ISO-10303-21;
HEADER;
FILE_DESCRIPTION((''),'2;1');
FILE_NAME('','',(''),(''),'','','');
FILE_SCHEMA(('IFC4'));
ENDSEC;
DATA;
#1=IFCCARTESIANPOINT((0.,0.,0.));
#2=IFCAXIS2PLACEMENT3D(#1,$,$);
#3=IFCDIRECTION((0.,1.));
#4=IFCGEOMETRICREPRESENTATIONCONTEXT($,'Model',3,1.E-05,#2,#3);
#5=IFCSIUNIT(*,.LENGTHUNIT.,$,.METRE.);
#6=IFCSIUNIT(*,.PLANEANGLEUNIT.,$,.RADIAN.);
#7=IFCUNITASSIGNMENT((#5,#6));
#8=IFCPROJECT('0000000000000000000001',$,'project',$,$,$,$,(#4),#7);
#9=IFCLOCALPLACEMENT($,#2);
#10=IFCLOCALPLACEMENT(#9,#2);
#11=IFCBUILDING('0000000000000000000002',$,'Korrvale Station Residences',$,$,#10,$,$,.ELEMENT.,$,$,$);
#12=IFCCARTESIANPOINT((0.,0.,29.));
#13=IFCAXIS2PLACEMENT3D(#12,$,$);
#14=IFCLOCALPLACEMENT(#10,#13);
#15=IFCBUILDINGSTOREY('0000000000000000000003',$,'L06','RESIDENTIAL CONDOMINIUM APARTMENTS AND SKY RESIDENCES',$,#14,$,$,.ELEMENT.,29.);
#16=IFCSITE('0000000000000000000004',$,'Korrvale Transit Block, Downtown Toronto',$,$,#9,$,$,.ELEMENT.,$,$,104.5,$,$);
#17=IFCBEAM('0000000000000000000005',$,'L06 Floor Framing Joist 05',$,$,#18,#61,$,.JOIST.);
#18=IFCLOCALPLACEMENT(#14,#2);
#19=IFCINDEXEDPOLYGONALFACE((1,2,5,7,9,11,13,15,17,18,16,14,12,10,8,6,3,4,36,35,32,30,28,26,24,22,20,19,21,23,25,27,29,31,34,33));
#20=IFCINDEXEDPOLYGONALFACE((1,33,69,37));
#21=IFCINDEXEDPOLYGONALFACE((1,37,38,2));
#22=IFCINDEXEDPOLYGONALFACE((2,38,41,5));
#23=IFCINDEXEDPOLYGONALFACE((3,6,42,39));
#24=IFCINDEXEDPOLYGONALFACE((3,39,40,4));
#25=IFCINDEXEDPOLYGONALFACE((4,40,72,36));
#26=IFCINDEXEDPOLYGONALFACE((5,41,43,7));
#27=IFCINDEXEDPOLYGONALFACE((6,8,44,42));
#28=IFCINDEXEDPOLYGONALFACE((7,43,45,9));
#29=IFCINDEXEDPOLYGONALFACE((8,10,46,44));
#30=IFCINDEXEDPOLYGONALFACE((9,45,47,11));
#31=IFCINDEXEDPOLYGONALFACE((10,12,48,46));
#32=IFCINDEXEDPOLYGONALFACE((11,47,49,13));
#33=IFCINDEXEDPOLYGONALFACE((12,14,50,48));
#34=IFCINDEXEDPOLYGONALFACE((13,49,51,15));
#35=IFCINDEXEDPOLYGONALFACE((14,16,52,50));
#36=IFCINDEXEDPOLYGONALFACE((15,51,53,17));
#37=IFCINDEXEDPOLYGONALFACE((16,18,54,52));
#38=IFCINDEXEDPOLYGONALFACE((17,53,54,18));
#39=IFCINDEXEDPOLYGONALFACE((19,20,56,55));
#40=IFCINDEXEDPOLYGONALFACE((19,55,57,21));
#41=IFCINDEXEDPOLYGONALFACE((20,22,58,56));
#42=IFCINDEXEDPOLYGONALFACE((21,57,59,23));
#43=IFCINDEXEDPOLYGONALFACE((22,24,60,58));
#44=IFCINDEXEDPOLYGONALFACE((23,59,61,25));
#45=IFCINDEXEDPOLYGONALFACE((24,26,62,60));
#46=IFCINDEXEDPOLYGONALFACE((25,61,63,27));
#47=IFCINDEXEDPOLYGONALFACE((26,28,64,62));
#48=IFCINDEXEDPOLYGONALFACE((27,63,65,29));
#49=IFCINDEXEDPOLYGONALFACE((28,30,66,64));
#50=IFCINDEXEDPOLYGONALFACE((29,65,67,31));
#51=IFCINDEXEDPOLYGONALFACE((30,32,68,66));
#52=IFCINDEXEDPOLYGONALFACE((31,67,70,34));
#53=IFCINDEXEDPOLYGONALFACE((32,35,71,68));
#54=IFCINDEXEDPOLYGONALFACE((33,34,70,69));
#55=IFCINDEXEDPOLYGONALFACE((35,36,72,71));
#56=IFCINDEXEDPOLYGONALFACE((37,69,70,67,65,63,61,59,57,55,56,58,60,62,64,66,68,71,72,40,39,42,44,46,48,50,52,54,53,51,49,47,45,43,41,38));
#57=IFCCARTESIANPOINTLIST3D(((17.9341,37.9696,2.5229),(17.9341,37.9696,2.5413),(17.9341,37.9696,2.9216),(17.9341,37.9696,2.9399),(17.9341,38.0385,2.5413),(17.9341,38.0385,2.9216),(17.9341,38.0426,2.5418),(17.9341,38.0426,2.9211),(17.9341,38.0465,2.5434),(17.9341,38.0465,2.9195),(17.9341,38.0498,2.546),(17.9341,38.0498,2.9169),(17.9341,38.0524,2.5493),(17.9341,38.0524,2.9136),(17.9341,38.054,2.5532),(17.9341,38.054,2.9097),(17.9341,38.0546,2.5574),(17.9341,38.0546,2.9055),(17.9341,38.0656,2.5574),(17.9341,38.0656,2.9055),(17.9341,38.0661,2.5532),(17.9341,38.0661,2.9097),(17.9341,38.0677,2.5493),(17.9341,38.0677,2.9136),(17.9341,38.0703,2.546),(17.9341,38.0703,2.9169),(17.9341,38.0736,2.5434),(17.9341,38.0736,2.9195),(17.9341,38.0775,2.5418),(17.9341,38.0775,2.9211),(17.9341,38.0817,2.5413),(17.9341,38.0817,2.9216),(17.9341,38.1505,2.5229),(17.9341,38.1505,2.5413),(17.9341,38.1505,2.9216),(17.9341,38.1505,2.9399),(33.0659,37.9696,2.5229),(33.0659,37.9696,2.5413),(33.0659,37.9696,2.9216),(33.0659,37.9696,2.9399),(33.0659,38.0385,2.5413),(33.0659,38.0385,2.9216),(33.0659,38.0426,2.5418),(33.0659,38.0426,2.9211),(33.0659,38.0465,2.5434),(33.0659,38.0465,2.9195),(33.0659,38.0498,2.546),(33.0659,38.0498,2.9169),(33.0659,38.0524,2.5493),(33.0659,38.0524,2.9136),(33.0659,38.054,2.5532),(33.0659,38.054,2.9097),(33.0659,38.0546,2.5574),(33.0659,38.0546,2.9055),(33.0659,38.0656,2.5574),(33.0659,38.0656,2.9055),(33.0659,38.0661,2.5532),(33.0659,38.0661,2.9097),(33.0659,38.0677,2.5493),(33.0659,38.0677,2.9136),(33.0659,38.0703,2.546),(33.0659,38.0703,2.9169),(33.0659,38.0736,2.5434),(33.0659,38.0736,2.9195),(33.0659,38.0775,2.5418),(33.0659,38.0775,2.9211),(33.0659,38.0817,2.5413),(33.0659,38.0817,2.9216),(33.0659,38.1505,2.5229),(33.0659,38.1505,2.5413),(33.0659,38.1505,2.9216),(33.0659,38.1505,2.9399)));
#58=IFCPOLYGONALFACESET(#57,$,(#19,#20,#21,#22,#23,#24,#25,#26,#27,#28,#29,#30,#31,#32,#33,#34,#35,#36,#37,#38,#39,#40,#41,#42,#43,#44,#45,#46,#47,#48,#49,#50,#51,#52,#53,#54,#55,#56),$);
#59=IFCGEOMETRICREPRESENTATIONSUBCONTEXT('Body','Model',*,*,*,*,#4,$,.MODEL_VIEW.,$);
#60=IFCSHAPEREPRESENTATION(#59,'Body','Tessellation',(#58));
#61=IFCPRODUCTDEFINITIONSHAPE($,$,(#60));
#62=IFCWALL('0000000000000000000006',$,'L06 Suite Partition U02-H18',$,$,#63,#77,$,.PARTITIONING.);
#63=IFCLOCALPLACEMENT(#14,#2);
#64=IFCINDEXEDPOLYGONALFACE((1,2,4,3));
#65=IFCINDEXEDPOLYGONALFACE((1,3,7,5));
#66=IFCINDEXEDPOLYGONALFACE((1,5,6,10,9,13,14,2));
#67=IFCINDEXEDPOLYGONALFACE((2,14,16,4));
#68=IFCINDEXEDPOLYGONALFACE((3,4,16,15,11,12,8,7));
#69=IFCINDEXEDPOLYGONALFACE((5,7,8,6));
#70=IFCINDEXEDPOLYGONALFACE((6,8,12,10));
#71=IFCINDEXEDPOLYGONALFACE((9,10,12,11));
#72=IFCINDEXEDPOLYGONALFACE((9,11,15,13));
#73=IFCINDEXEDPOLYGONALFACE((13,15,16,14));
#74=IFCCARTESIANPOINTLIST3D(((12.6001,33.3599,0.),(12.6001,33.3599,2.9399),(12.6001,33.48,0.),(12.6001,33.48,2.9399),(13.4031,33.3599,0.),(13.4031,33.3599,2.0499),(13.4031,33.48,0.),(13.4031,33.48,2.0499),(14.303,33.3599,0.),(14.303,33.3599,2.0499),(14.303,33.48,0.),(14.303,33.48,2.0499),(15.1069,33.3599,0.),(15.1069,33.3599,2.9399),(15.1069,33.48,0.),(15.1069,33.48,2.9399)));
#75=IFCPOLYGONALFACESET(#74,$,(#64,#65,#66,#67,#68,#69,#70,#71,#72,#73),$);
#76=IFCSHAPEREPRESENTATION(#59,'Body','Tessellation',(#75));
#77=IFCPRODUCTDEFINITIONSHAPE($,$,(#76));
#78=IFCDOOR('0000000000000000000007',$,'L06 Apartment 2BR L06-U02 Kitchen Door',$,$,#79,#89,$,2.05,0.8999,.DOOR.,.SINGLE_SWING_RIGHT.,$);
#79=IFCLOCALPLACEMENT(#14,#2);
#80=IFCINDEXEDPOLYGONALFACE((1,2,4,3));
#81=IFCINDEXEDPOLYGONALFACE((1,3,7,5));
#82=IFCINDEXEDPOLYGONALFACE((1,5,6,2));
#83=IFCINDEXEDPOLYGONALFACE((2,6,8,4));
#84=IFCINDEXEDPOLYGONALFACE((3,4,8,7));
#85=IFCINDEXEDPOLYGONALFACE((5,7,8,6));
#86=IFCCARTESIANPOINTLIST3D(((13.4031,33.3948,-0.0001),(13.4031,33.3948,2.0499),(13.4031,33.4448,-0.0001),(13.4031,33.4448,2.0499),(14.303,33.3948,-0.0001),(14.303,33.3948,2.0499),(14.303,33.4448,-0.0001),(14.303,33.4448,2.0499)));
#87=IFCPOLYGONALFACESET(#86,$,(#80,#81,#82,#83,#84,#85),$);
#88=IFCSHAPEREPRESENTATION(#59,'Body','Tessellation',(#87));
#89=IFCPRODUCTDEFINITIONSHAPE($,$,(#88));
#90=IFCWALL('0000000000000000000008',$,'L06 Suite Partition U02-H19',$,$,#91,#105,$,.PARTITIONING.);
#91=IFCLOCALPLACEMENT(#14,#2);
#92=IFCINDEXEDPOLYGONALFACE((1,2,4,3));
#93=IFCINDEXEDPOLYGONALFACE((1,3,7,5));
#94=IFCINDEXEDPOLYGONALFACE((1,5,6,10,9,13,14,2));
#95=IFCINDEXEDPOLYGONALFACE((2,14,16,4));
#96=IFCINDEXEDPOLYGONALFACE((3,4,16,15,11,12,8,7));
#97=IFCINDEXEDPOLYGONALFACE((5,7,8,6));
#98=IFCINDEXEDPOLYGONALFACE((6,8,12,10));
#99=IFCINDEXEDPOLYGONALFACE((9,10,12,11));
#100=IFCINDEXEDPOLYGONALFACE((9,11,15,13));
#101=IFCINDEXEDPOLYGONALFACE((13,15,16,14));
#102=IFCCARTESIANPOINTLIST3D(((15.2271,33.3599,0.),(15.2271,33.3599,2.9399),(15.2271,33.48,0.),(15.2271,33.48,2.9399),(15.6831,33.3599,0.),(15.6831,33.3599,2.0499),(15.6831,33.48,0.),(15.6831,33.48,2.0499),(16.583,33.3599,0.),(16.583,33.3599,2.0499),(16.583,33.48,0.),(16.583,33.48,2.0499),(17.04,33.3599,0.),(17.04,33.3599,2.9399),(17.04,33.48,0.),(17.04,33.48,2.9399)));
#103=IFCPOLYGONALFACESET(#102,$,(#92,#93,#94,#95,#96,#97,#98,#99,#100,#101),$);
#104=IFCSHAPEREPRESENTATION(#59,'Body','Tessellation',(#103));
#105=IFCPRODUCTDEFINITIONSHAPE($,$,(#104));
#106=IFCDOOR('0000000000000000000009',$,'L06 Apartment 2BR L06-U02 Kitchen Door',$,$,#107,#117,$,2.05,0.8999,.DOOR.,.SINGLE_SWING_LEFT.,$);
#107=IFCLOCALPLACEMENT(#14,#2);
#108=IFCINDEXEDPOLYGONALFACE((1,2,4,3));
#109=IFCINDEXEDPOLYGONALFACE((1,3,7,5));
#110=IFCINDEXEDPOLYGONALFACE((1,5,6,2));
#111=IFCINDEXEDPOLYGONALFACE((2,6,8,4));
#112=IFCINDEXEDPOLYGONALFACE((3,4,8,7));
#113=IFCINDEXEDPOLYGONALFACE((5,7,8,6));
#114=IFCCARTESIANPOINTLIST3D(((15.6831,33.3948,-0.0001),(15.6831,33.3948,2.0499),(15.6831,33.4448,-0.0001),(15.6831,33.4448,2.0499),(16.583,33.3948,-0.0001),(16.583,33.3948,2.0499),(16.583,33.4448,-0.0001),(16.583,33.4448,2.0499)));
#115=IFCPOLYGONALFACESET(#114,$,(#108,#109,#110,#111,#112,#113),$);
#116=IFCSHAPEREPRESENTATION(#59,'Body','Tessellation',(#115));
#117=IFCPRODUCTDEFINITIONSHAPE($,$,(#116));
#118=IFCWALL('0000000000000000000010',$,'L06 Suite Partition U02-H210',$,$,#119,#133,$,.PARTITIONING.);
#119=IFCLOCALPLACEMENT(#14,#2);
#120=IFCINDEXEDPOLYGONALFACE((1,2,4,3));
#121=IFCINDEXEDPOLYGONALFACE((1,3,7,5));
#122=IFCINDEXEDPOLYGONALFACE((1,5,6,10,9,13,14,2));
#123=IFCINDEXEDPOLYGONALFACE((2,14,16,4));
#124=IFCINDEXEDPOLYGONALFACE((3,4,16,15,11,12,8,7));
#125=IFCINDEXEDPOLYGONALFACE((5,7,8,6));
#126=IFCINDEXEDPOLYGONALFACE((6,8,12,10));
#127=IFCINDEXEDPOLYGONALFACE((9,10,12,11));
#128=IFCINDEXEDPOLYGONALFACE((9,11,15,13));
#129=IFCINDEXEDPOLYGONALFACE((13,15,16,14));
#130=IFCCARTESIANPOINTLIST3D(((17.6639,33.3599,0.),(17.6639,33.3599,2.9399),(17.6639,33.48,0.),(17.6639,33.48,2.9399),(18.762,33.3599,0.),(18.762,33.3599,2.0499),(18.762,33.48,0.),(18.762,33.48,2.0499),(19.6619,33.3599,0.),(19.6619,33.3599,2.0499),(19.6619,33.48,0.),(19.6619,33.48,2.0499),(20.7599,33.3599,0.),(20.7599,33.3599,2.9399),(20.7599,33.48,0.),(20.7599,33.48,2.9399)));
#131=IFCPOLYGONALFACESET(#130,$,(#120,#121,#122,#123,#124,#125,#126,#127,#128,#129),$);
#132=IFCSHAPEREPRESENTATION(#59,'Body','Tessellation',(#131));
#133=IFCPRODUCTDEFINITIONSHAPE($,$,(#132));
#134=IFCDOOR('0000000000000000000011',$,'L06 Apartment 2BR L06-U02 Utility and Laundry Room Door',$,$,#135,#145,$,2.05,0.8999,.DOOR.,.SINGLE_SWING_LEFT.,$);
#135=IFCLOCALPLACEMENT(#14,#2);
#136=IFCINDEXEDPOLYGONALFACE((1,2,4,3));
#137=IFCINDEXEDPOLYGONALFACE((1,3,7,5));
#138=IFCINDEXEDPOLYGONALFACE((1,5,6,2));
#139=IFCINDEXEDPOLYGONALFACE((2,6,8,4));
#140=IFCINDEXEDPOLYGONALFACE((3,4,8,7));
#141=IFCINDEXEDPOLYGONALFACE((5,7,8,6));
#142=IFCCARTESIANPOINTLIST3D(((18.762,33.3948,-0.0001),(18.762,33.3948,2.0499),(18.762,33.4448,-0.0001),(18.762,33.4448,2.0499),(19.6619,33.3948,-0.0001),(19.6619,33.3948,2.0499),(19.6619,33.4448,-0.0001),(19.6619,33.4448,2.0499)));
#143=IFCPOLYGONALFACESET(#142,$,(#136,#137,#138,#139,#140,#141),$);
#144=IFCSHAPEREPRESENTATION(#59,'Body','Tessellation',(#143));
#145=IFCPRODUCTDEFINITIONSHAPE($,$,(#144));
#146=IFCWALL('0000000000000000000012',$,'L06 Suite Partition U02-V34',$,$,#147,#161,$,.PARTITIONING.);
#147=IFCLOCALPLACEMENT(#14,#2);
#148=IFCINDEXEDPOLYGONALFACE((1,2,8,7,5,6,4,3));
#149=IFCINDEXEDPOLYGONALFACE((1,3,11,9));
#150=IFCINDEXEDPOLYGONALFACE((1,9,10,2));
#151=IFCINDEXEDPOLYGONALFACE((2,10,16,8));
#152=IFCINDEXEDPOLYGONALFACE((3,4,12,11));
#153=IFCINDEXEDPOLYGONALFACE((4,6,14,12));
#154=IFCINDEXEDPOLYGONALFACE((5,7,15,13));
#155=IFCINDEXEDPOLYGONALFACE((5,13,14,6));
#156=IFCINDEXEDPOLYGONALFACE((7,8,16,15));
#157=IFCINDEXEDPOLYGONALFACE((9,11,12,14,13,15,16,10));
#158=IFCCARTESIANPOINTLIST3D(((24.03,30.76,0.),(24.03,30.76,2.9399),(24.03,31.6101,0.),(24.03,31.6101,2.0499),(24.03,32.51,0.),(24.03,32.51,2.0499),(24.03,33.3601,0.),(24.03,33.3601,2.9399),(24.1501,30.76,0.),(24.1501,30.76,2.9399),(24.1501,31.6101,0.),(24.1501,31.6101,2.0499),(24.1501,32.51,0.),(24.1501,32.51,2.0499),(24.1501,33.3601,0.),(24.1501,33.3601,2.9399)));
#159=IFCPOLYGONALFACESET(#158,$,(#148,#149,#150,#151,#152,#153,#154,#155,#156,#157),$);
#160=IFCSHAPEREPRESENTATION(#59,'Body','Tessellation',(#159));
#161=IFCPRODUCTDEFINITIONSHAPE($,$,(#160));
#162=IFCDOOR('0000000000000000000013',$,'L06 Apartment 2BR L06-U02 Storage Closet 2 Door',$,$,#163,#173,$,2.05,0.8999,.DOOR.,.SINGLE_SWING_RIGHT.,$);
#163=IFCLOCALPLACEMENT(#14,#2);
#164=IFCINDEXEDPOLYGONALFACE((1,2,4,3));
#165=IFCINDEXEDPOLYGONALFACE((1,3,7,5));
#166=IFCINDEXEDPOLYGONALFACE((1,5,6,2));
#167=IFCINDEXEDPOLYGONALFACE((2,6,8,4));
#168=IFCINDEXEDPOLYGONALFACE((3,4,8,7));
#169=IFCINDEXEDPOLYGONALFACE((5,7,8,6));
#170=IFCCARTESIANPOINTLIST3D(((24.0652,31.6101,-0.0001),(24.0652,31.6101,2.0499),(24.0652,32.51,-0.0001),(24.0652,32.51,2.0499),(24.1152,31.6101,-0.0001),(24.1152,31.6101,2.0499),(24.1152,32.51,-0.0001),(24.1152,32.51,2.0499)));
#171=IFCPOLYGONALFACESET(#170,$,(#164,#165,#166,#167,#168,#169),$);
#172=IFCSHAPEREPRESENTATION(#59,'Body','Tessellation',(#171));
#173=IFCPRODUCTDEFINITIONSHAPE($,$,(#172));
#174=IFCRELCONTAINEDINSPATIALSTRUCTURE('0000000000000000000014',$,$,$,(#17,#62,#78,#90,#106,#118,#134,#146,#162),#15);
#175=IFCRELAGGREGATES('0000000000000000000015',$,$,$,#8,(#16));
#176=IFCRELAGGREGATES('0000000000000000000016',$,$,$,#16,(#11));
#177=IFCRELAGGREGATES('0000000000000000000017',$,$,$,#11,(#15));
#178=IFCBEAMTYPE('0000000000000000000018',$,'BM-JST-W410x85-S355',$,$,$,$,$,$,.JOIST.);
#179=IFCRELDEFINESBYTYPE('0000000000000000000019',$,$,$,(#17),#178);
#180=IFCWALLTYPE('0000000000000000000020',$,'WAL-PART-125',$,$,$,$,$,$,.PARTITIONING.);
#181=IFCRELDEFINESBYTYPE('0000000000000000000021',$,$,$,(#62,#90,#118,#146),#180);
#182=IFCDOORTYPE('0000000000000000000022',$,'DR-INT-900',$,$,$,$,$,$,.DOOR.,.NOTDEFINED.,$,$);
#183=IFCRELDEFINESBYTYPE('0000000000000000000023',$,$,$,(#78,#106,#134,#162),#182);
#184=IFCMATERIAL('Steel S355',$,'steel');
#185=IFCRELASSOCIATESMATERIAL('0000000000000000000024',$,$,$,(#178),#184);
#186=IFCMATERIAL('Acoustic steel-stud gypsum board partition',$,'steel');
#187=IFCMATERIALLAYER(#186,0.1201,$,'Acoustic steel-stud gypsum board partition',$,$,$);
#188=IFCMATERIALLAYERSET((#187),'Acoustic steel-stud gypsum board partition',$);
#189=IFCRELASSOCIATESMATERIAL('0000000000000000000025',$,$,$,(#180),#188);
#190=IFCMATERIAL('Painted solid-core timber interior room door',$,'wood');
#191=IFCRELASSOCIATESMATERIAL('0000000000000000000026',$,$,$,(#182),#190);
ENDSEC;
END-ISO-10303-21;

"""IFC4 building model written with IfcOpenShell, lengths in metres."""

from ifc_helpers import new_model, si_unit, direction, frame, frame_2d, origin, origin_2d, place, context, subcontext, project, spatial, rectangle, i_section, extrude, material, layer, layer_set, material_profile, profile_set, type_object, element, fill, save


model = new_model("IFC4")

# Units and contexts
model_context = context("Model", 3, precision=1e-05, world=origin(), true_north=direction((0.0, 1.0)))
body_context = subcontext(model_context, "Body", "Model", "MODEL_VIEW")
ifc_project = project(units=[si_unit("LENGTHUNIT", "METRE"), si_unit("PLANEANGLEUNIT", "RADIAN")], contexts=[model_context])

# Site, building, storey
site_placement = place(None, origin())
site = spatial("IfcSite", under=ifc_project, at=site_placement, Name="Korrvale Transit Block, Downtown Toronto", CompositionType="ELEMENT", RefElevation=104.5)
building_placement = place(site_placement, origin())
building = spatial("IfcBuilding", under=site, at=building_placement, Name="Korrvale Station Residences", CompositionType="ELEMENT")
storey_placement = place(building_placement, frame((0.0, 0.0, 29.0)))
storey = spatial("IfcBuildingStorey", under=building, at=storey_placement, Name="L06", Description="RESIDENTIAL CONDOMINIUM APARTMENTS AND SKY RESIDENCES", CompositionType="ELEMENT", Elevation=29.0)

# Beam
ifc_material_1 = material(Name="Steel S355", Category="steel")
ifc_material_profile = material_profile(ifc_material_1, i_section(OverallWidth=0.1809, OverallDepth=0.417, WebThickness=0.011, FlangeThickness=0.0183, FilletRadius=0.0161, at=origin_2d()), Name="W410x85")
ifc_profile_set = profile_set([ifc_material_profile], Name="Steel S355")
beam_type = type_object("IfcBeamType", Name="BM-JST-W410x85-S355", PredefinedType="JOIST", material=ifc_profile_set)
beam_placement = place(storey_placement, frame((17.9341, 38.0601, 2.7314), z_axis=(1.0, 0.0, 0.0), x_axis=(0.0, 1.0, 0.0)))
element("IfcBeam", 1, at=beam_placement, inside=storey, type_object=beam_type, Name="L06 Floor Framing Joist 05", PredefinedType="JOIST", context=body_context, shape_type="SweptSolid", body=[
    extrude(i_section(OverallWidth=0.1809, OverallDepth=0.417, WebThickness=0.011, FlangeThickness=0.0183, FilletRadius=0.0161, at=origin_2d()), origin(), (0.0, 0.0, 1.0), 15.1318),
])

# Walls, openings, doors
ifc_material_2 = material(Name="Acoustic steel-stud gypsum board partition", Category="steel")
ifc_layer = layer(ifc_material_2, 0.1201, Name="Acoustic steel-stud gypsum board partition")
ifc_layer_set = layer_set([ifc_layer], Name="Acoustic steel-stud gypsum board partition")
wall_type = type_object("IfcWallType", Name="WAL-PART-125", PredefinedType="PARTITIONING", material=ifc_layer_set)
wall_1_placement = place(storey_placement, frame((12.6001, 33.4199, 0.0), z_axis=(0.0, 0.0, 1.0), x_axis=(1.0, 0.0, 0.0)))
wall_1 = element("IfcWall", 2, at=wall_1_placement, inside=storey, type_object=wall_type, Name="L06 Suite Partition U02-H18", PredefinedType="PARTITIONING", context=body_context, shape_type="SweptSolid", body=[
    extrude(rectangle(XDim=2.5068, YDim=0.1201, at=frame_2d((1.2534, 0.0))), origin(), (0.0, 0.0, 1.0), 2.9399),
])
opening_1_placement = place(wall_1_placement, frame((0.803, 0.0, 0.0)))
opening_1 = element("IfcOpeningElement", 3, at=opening_1_placement, cuts=wall_1, PredefinedType="OPENING", context=body_context, shape_type="SweptSolid", body=[
    extrude(rectangle(XDim=0.8999, YDim=2.05, at=frame_2d((0.45, 1.0249))), frame((0.0, 0.0701, 0.0), z_axis=(0.0, -1.0, 0.0), x_axis=(1.0, 0.0, 0.0)), (0.0, 0.0, 1.0), 0.1401),
])
ifc_material_3 = material(Name="Painted solid-core timber interior room door", Category="wood")
door_type = type_object("IfcDoorType", Name="DR-INT-900", OperationType="NOTDEFINED", PredefinedType="DOOR", material=ifc_material_3)
door_1_placement = place(opening_1_placement, origin())
door_1 = element("IfcDoor", 4, at=door_1_placement, inside=storey, type_object=door_type, Name="L06 Apartment 2BR L06-U02 Kitchen Door", OperationType="SINGLE_SWING_RIGHT", OverallHeight=2.05, OverallWidth=0.8999, PredefinedType="DOOR", context=body_context, shape_type="SweptSolid", body=[
    extrude(rectangle(XDim=0.8999, YDim=2.05, at=frame_2d((0.45, 1.0249))), frame((0.0, 0.0249, 0.0), z_axis=(0.0, -1.0, 0.0), x_axis=(1.0, 0.0, 0.0)), (0.0, 0.0, 1.0), 0.05),
])
fill(opening_1, door_1)
wall_2_placement = place(storey_placement, frame((15.2271, 33.4199, 0.0), z_axis=(0.0, 0.0, 1.0), x_axis=(1.0, 0.0, 0.0)))
wall_2 = element("IfcWall", 5, at=wall_2_placement, inside=storey, type_object=wall_type, Name="L06 Suite Partition U02-H19", PredefinedType="PARTITIONING", context=body_context, shape_type="SweptSolid", body=[
    extrude(rectangle(XDim=1.813, YDim=0.1201, at=frame_2d((0.9065, 0.0))), origin(), (0.0, 0.0, 1.0), 2.9399),
])
opening_2_placement = place(wall_2_placement, frame((0.4561, 0.0, 0.0)))
opening_2 = element("IfcOpeningElement", 6, at=opening_2_placement, cuts=wall_2, PredefinedType="OPENING", context=body_context, shape_type="SweptSolid", body=[
    extrude(rectangle(XDim=0.8999, YDim=2.05, at=frame_2d((0.45, 1.0249))), frame((0.0, 0.0701, 0.0), z_axis=(0.0, -1.0, 0.0), x_axis=(1.0, 0.0, 0.0)), (0.0, 0.0, 1.0), 0.1401),
])
door_2_placement = place(opening_2_placement, origin())
door_2 = element("IfcDoor", 7, at=door_2_placement, inside=storey, type_object=door_type, Name="L06 Apartment 2BR L06-U02 Kitchen Door", OperationType="SINGLE_SWING_LEFT", OverallHeight=2.05, OverallWidth=0.8999, PredefinedType="DOOR", context=body_context, shape_type="SweptSolid", body=[
    extrude(rectangle(XDim=0.8999, YDim=2.05, at=frame_2d((0.45, 1.0249))), frame((0.0, 0.0249, 0.0), z_axis=(0.0, -1.0, 0.0), x_axis=(1.0, 0.0, 0.0)), (0.0, 0.0, 1.0), 0.05),
])
fill(opening_2, door_2)
wall_3_placement = place(storey_placement, frame((17.6641, 33.4199, 0.0), z_axis=(0.0, 0.0, 1.0), x_axis=(1.0, 0.0, 0.0)))
wall_3 = element("IfcWall", 8, at=wall_3_placement, inside=storey, type_object=wall_type, Name="L06 Suite Partition U02-H210", PredefinedType="PARTITIONING", context=body_context, shape_type="SweptSolid", body=[
    extrude(rectangle(XDim=3.0959, YDim=0.1201, at=frame_2d((1.5479, 0.0))), origin(), (0.0, 0.0, 1.0), 2.9399),
])
opening_3_placement = place(wall_3_placement, frame((1.0979, 0.0, 0.0)))
opening_3 = element("IfcOpeningElement", 9, at=opening_3_placement, cuts=wall_3, PredefinedType="OPENING", context=body_context, shape_type="SweptSolid", body=[
    extrude(rectangle(XDim=0.8999, YDim=2.05, at=frame_2d((0.45, 1.0249))), frame((0.0, 0.0701, 0.0), z_axis=(0.0, -1.0, 0.0), x_axis=(1.0, 0.0, 0.0)), (0.0, 0.0, 1.0), 0.1401),
])
door_3_placement = place(opening_3_placement, origin())
door_3 = element("IfcDoor", 10, at=door_3_placement, inside=storey, type_object=door_type, Name="L06 Apartment 2BR L06-U02 Utility and Laundry Room Door", OperationType="SINGLE_SWING_LEFT", OverallHeight=2.05, OverallWidth=0.8999, PredefinedType="DOOR", context=body_context, shape_type="SweptSolid", body=[
    extrude(rectangle(XDim=0.8999, YDim=2.05, at=frame_2d((0.45, 1.0249))), frame((0.0, 0.0249, 0.0), z_axis=(0.0, -1.0, 0.0), x_axis=(1.0, 0.0, 0.0)), (0.0, 0.0, 1.0), 0.05),
])
fill(opening_3, door_3)
wall_4_placement = place(storey_placement, frame((24.0901, 30.76, 0.0), z_axis=(0.0, 0.0, 1.0), x_axis=(0.0, 1.0, 0.0)))
wall_4 = element("IfcWall", 11, at=wall_4_placement, inside=storey, type_object=wall_type, Name="L06 Suite Partition U02-V34", PredefinedType="PARTITIONING", context=body_context, shape_type="SweptSolid", body=[
    extrude(rectangle(XDim=2.6001, YDim=0.1201, at=frame_2d((1.3, 0.0))), origin(), (0.0, 0.0, 1.0), 2.9399),
])
opening_4_placement = place(wall_4_placement, frame((0.8501, 0.0, 0.0)))
opening_4 = element("IfcOpeningElement", 12, at=opening_4_placement, cuts=wall_4, PredefinedType="OPENING", context=body_context, shape_type="SweptSolid", body=[
    extrude(rectangle(XDim=0.8999, YDim=2.05, at=frame_2d((0.45, 1.0249))), frame((0.0, 0.0701, 0.0), z_axis=(0.0, -1.0, 0.0), x_axis=(1.0, 0.0, 0.0)), (0.0, 0.0, 1.0), 0.1401),
])
door_4_placement = place(opening_4_placement, origin())
door_4 = element("IfcDoor", 13, at=door_4_placement, inside=storey, type_object=door_type, Name="L06 Apartment 2BR L06-U02 Storage Closet 2 Door", OperationType="SINGLE_SWING_RIGHT", OverallHeight=2.05, OverallWidth=0.8999, PredefinedType="DOOR", context=body_context, shape_type="SweptSolid", body=[
    extrude(rectangle(XDim=0.8999, YDim=2.05, at=frame_2d((0.45, 1.0249))), frame((0.0, 0.0249, 0.0), z_axis=(0.0, -1.0, 0.0), x_axis=(1.0, 0.0, 0.0)), (0.0, 0.0, 1.0), 0.05),
])
fill(opening_4, door_4)

save(model, "model.ifc")
